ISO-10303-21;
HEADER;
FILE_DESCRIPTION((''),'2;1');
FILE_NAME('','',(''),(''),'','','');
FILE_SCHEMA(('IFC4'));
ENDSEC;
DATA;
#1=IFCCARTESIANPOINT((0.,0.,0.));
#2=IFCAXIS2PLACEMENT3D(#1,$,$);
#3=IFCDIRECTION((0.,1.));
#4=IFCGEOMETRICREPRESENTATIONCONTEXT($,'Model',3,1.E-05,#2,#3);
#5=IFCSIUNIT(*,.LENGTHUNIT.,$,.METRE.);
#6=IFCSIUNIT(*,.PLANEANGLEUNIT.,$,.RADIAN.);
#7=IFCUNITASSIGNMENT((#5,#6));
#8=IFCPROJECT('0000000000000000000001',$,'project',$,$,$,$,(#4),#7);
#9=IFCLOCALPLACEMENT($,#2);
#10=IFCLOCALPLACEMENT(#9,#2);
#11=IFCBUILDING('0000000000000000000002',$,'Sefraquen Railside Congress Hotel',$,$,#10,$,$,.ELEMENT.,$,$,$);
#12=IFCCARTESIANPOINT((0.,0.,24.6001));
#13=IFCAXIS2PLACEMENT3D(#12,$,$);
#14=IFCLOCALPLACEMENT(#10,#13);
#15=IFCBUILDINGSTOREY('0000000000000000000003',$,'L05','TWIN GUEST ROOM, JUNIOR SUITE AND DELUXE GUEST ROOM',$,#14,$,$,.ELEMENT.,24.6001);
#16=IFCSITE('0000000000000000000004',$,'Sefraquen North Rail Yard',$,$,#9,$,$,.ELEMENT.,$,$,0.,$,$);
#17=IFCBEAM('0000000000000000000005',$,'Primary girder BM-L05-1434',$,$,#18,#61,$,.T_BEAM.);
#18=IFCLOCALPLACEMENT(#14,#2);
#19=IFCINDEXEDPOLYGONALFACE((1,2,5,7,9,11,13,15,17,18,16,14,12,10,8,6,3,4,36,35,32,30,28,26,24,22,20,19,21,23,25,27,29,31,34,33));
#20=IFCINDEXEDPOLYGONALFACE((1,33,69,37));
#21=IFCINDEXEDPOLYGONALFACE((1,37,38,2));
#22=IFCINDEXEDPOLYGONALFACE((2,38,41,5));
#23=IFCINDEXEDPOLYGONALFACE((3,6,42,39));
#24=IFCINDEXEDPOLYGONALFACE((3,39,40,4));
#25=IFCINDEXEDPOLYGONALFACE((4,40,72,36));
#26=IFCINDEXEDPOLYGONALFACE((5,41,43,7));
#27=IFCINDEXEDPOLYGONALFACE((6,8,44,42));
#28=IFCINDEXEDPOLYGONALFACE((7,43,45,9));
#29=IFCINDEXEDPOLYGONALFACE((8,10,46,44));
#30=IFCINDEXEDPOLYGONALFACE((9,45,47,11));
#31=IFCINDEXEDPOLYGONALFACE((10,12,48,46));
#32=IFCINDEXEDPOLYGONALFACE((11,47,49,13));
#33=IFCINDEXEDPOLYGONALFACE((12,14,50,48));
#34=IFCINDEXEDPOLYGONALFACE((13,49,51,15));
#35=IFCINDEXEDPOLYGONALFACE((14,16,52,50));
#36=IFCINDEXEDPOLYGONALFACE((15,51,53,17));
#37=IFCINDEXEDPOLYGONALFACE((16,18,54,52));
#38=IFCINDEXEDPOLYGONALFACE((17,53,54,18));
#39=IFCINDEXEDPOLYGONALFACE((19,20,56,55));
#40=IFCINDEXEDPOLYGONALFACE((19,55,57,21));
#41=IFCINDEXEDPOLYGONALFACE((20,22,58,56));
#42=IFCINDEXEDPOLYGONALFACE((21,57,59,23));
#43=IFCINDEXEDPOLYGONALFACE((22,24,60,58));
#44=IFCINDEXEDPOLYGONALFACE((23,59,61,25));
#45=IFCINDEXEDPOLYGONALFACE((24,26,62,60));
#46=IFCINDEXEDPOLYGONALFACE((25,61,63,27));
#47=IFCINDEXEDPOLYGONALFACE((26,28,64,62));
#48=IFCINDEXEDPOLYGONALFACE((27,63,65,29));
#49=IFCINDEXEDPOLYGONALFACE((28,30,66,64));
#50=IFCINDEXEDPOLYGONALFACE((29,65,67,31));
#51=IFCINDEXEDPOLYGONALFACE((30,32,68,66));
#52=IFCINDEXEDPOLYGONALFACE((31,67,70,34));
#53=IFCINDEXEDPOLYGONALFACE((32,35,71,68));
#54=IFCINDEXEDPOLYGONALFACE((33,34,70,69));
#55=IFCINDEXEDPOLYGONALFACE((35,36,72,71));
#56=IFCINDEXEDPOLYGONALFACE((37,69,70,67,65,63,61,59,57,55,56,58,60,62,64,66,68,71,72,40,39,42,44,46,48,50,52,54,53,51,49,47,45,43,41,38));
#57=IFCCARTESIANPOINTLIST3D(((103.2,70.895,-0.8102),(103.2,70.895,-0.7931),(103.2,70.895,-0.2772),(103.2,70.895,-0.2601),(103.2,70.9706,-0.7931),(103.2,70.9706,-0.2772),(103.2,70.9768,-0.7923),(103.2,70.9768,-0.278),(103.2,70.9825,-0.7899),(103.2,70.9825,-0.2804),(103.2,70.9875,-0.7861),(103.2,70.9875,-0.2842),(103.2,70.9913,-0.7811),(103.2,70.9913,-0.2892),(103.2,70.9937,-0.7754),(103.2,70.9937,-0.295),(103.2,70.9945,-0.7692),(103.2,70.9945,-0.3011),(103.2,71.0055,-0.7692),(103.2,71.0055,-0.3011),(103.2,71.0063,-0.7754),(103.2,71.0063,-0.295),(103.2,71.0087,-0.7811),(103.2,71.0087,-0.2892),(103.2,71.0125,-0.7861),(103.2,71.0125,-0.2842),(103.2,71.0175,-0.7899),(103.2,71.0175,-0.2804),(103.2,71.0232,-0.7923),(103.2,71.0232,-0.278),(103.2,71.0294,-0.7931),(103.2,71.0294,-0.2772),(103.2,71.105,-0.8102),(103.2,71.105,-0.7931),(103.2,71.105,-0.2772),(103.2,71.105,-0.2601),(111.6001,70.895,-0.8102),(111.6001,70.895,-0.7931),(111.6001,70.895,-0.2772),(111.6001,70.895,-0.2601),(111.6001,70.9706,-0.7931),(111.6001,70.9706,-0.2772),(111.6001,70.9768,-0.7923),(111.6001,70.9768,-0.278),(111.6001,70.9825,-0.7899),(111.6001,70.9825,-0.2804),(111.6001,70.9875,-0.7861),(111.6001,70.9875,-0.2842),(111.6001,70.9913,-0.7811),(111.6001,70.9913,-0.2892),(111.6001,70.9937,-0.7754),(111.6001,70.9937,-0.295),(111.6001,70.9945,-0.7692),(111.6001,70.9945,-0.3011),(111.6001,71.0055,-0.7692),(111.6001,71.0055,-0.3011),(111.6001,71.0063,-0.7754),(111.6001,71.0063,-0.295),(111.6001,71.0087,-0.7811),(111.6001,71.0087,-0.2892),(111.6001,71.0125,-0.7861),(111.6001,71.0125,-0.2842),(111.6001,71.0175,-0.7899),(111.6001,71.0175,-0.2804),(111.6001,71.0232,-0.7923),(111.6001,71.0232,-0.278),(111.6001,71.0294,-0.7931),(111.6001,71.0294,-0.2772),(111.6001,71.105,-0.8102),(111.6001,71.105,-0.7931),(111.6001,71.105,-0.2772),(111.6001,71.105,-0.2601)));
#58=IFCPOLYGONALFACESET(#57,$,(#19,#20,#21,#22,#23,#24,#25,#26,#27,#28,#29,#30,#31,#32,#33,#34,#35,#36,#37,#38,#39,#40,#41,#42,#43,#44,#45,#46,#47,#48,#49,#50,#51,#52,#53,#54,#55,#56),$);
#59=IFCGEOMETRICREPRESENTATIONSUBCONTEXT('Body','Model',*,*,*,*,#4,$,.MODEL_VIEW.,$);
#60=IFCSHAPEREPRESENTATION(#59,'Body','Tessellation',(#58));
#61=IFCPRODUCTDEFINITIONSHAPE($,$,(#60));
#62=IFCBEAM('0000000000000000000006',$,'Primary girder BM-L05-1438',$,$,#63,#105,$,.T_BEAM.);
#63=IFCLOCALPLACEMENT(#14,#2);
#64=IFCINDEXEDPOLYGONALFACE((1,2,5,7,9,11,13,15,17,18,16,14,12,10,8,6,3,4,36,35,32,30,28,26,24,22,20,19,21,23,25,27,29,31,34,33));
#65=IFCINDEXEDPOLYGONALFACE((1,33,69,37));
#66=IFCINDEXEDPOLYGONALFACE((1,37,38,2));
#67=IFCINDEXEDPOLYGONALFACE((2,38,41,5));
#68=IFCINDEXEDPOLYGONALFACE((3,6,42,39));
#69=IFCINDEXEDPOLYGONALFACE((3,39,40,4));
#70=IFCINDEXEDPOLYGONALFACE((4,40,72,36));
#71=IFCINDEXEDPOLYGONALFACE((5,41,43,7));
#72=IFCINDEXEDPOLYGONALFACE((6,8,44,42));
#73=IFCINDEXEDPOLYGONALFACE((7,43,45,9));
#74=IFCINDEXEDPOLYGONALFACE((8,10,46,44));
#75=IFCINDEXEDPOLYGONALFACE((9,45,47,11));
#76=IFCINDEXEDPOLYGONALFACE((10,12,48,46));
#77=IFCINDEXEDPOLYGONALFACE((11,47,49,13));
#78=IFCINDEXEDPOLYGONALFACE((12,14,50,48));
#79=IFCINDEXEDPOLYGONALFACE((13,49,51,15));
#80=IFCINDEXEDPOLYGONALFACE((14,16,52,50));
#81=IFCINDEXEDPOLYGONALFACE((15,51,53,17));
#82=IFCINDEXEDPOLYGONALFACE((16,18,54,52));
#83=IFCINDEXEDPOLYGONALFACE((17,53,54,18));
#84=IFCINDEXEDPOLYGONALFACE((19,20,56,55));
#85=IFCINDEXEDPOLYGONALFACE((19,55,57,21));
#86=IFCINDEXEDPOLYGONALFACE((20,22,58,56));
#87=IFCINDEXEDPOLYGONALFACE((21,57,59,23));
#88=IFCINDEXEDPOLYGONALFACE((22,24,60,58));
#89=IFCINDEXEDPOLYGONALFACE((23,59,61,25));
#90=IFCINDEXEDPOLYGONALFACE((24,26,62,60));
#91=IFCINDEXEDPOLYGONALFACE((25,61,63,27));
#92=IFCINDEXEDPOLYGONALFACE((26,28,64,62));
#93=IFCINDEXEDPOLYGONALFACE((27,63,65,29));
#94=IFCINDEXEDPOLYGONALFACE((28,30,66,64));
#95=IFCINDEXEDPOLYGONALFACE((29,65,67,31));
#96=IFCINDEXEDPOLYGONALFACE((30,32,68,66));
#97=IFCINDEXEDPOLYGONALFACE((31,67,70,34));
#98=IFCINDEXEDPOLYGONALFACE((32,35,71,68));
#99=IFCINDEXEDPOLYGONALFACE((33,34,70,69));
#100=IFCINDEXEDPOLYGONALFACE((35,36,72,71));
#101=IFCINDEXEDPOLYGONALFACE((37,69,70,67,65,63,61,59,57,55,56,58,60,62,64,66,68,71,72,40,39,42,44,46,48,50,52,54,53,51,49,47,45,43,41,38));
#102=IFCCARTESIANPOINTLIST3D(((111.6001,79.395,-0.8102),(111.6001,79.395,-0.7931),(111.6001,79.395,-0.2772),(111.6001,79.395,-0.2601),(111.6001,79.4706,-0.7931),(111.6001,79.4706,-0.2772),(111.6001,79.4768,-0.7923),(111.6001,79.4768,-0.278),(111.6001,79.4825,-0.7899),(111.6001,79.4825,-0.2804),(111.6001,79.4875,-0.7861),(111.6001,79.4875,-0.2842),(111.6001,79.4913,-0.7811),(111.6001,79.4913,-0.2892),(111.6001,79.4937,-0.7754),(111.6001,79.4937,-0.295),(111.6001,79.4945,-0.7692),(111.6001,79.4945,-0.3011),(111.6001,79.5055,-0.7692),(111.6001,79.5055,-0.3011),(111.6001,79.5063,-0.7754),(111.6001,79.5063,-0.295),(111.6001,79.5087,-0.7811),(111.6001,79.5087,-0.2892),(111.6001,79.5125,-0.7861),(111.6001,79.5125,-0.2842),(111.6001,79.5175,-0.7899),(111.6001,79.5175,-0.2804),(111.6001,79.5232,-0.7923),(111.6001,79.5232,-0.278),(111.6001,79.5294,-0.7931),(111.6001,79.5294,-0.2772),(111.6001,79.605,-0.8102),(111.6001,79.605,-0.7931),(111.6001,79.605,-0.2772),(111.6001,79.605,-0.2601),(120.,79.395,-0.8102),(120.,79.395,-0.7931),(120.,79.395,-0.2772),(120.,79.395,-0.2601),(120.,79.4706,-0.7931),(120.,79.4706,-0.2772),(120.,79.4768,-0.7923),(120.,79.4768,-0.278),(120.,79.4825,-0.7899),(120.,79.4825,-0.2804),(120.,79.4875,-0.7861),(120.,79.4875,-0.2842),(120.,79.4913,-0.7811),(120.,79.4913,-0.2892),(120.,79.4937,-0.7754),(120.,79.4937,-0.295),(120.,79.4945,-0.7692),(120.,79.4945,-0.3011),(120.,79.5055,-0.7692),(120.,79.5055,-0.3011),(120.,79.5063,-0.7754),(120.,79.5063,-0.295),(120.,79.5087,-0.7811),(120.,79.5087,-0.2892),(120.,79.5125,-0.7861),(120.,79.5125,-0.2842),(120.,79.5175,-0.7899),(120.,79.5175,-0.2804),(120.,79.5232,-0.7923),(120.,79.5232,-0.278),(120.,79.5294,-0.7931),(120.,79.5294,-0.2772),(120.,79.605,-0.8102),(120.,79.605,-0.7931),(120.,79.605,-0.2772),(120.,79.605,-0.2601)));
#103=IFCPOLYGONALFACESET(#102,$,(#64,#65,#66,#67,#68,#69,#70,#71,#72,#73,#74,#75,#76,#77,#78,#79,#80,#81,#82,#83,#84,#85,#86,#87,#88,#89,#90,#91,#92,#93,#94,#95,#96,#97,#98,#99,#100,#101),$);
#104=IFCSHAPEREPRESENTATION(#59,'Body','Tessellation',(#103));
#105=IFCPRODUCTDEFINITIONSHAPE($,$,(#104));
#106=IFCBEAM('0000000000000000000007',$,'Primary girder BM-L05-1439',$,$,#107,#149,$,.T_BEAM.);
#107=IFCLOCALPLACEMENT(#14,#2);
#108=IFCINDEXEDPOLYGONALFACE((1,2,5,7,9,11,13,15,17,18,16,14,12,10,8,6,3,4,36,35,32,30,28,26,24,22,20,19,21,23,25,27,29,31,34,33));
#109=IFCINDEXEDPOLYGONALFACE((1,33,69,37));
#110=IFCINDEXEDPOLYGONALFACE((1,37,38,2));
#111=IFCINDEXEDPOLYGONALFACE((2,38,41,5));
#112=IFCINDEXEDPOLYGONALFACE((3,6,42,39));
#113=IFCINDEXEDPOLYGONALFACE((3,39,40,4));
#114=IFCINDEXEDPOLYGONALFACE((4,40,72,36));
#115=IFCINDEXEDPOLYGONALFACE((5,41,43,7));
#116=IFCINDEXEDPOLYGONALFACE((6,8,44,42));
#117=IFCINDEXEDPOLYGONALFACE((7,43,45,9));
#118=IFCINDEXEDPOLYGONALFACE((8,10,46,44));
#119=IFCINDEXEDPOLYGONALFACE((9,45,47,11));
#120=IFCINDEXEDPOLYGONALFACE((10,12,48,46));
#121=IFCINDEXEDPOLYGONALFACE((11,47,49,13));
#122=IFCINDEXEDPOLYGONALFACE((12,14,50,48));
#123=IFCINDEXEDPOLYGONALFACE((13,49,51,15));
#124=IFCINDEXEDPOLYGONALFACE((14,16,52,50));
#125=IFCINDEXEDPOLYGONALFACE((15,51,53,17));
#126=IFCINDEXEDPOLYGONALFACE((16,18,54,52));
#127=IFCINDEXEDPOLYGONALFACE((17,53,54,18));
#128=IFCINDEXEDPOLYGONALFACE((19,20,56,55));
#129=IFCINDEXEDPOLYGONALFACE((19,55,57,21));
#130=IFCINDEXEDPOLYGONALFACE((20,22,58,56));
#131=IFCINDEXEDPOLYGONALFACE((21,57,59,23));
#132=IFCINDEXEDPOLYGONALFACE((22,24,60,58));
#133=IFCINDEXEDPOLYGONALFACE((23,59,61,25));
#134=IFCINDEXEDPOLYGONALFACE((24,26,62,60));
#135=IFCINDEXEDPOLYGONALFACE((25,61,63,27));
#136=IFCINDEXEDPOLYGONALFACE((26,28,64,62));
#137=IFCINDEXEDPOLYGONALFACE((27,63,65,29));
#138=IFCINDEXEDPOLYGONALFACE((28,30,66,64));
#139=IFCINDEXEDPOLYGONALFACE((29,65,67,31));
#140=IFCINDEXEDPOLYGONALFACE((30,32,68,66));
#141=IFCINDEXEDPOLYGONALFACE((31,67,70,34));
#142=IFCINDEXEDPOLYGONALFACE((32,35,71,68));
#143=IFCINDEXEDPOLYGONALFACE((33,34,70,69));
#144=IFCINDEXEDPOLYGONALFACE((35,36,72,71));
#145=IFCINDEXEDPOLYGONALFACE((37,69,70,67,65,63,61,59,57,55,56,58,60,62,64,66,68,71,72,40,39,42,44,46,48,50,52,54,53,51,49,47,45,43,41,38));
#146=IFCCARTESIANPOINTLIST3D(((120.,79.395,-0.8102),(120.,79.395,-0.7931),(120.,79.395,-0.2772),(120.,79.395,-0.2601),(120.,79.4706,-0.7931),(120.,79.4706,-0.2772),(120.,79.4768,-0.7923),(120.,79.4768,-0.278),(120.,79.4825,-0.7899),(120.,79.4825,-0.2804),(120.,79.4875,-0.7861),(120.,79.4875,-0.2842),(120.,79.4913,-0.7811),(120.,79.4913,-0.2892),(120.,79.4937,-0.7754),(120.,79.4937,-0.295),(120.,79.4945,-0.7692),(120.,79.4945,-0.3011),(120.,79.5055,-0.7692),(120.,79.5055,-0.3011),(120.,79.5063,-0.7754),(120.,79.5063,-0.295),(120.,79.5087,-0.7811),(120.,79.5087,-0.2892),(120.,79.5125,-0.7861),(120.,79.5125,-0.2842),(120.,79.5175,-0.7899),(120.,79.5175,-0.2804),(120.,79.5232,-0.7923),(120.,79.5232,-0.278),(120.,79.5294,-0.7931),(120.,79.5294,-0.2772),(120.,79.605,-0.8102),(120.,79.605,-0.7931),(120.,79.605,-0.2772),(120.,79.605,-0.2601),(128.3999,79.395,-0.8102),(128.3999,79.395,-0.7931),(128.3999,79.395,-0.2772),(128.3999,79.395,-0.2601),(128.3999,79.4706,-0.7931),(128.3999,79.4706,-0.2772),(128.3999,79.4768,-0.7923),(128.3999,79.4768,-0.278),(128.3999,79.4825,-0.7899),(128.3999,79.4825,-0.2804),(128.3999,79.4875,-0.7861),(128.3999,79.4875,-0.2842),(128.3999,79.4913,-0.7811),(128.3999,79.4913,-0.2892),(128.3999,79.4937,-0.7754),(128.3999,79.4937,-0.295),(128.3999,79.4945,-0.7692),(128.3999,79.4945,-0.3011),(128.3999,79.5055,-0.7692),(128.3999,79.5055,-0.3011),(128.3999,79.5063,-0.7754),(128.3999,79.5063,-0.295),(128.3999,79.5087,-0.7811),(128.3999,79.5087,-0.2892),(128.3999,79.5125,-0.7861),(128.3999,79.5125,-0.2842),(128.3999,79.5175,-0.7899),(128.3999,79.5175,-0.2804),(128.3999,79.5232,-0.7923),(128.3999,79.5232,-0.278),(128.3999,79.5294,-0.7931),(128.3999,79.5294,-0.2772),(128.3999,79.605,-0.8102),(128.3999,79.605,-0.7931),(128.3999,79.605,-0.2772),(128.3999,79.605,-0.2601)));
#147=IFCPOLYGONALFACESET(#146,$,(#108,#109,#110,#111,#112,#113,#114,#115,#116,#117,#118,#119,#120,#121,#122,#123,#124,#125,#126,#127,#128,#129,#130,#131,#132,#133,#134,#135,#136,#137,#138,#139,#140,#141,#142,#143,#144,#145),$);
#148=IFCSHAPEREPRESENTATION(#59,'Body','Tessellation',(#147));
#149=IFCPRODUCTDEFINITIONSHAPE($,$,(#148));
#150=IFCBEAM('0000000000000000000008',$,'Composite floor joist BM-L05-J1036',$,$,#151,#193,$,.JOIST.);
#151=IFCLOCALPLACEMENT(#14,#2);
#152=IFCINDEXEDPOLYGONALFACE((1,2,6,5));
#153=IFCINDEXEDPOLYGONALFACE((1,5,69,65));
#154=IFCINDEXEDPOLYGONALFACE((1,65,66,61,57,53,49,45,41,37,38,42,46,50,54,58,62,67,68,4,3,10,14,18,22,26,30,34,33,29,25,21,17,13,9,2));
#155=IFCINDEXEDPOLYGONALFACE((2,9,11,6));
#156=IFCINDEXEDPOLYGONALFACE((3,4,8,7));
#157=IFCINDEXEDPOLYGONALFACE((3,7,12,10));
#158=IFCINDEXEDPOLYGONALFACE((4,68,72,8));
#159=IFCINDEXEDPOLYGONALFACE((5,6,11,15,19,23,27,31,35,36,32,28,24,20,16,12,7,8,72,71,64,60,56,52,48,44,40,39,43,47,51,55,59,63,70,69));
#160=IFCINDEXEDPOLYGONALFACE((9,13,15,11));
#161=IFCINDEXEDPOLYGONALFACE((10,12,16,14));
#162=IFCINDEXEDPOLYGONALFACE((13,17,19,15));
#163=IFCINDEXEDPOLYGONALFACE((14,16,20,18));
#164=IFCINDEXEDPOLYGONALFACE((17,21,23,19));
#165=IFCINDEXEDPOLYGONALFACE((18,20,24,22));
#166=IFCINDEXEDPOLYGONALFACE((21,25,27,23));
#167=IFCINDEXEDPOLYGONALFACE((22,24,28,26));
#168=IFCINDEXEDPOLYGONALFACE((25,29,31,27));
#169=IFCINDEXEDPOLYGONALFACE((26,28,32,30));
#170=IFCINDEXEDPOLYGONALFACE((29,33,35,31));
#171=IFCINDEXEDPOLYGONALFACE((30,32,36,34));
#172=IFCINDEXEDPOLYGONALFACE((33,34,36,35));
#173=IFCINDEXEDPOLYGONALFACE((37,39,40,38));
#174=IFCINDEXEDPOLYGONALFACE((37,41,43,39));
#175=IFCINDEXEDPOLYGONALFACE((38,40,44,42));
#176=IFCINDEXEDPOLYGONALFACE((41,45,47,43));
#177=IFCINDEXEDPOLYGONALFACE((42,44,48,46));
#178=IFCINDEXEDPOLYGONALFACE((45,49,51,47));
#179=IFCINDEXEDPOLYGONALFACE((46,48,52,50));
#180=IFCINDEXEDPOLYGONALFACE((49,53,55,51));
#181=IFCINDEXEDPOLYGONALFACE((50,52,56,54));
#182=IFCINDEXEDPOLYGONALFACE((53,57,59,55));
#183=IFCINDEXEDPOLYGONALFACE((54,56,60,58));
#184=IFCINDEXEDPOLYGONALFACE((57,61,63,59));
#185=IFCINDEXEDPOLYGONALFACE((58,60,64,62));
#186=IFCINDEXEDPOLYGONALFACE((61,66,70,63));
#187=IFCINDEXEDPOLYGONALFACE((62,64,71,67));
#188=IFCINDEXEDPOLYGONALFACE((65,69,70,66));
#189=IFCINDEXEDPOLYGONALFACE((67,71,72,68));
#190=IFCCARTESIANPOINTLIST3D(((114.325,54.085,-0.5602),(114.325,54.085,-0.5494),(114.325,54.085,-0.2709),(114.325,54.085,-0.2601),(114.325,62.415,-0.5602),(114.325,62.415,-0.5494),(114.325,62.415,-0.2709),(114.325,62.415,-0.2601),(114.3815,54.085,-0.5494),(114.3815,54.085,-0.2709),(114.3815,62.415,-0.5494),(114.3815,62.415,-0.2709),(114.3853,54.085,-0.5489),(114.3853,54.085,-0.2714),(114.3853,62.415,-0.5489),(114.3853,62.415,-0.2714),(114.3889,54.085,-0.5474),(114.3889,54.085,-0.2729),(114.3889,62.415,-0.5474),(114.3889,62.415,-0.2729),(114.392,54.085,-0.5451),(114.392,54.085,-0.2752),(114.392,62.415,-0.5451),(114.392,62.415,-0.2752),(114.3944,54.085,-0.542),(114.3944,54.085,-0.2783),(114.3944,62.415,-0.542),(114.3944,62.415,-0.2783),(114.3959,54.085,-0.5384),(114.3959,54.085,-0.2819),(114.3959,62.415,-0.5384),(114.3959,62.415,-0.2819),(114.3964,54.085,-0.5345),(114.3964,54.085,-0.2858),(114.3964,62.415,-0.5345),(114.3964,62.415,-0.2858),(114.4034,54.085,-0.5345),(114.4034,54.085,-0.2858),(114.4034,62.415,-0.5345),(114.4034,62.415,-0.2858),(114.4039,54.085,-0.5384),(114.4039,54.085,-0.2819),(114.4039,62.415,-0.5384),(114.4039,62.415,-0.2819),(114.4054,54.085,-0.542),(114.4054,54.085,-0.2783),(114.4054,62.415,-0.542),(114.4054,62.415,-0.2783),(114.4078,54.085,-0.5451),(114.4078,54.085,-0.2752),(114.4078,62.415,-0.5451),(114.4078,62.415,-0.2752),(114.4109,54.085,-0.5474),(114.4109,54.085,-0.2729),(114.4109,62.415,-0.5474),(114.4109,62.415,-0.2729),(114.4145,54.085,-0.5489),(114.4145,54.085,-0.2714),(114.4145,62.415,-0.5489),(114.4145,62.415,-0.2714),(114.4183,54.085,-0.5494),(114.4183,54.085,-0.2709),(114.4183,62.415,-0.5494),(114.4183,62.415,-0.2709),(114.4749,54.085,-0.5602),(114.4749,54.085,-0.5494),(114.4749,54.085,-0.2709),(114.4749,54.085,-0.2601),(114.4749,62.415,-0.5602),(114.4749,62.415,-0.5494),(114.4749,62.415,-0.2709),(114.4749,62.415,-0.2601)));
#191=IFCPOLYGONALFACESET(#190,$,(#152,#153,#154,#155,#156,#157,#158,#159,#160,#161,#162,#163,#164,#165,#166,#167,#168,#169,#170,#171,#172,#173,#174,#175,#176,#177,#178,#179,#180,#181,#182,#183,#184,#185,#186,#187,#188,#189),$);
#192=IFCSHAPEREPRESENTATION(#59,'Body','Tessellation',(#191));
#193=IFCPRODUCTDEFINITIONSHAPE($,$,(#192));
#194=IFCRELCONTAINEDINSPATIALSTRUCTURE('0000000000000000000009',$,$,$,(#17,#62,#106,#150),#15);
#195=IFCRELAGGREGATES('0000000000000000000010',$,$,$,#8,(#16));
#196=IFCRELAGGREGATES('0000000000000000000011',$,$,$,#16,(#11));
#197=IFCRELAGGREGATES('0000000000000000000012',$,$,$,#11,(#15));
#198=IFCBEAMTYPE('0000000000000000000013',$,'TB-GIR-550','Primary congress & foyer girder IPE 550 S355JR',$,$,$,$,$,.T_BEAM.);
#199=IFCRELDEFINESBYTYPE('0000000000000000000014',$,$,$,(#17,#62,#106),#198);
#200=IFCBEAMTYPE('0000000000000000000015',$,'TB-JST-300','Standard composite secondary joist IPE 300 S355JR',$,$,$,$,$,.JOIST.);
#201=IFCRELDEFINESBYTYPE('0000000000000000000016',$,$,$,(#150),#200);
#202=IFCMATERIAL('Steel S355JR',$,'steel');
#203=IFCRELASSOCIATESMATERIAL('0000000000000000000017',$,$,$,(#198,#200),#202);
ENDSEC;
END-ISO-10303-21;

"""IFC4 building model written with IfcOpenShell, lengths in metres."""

from ifc_helpers import new_model, si_unit, direction, frame, origin, origin_2d, place, context, subcontext, project, spatial, i_section, extrude, material, material_profile, profile_set, type_object, element, save


model = new_model("IFC4")

# Units and contexts
model_context = context("Model", 3, precision=1e-05, world=origin(), true_north=direction((0.0, 1.0)))
body_context = subcontext(model_context, "Body", "Model", "MODEL_VIEW")
ifc_project = project(units=[si_unit("LENGTHUNIT", "METRE"), si_unit("PLANEANGLEUNIT", "RADIAN")], contexts=[model_context])

# Site, building, storey
site_placement = place(None, origin())
site = spatial("IfcSite", under=ifc_project, at=site_placement, Name="Sefraquen North Rail Yard", CompositionType="ELEMENT", RefElevation=0.0)
building_placement = place(site_placement, origin())
building = spatial("IfcBuilding", under=site, at=building_placement, Name="Sefraquen Railside Congress Hotel", CompositionType="ELEMENT")
storey_placement = place(building_placement, frame((0.0, 0.0, 24.6001)))
storey = spatial("IfcBuildingStorey", under=building, at=storey_placement, Name="L05", Description="TWIN GUEST ROOM, JUNIOR SUITE AND DELUXE GUEST ROOM", CompositionType="ELEMENT", Elevation=24.6001)

# Beams
ifc_material_1 = material(Name="Steel S355JR", Category="steel")
ifc_material_profile_1 = material_profile(ifc_material_1, i_section(OverallWidth=0.21, OverallDepth=0.55, WebThickness=0.011, FlangeThickness=0.0171, FilletRadius=0.0239, at=origin_2d()), Name="IPE 550")
ifc_profile_set_1 = profile_set([ifc_material_profile_1], Name="Steel S355JR")
beam_type_1 = type_object("IfcBeamType", Name="TB-GIR-550", Description="Primary congress & foyer girder IPE 550 S355JR", PredefinedType="T_BEAM", material=ifc_profile_set_1)
beam_placement = place(storey_placement, frame((103.2, 71.0, -0.5352), z_axis=(1.0, 0.0, 0.0), x_axis=(0.0, 1.0, 0.0)))
element("IfcBeam", 1, at=beam_placement, inside=storey, type_object=beam_type_1, Name="Primary girder BM-L05-1434", PredefinedType="T_BEAM", context=body_context, shape_type="SweptSolid", body=[
    extrude(i_section(OverallWidth=0.21, OverallDepth=0.55, WebThickness=0.011, FlangeThickness=0.0171, FilletRadius=0.0239, at=origin_2d()), origin(), (0.0, 0.0, 1.0), 8.4001),
])
for number, where, z_axis, x_axis, name in (
    (2, (111.6001, 79.5, -0.5352), (1.0, 0.0, 0.0), (0.0, 1.0, 0.0), "Primary girder BM-L05-1438"),
    (3, (120.0, 79.5, -0.5352), (1.0, 0.0, 0.0), (0.0, 1.0, 0.0), "Primary girder BM-L05-1439"),
):
    element("IfcBeam", number, at=place(storey_placement, frame(where, z_axis=z_axis, x_axis=x_axis)), inside=storey, type_object=beam_type_1, Name=name, PredefinedType="T_BEAM", context=body_context, shape_type="SweptSolid", body=[
        extrude(i_section(OverallWidth=0.21, OverallDepth=0.55, WebThickness=0.011, FlangeThickness=0.0171, FilletRadius=0.0239, at=origin_2d()), origin(), (0.0, 0.0, 1.0), 8.3999),
    ])
ifc_material_profile_2 = material_profile(ifc_material_1, i_section(OverallWidth=0.1499, OverallDepth=0.3, WebThickness=0.0071, FlangeThickness=0.0107, FilletRadius=0.0149, at=origin_2d()), Name="IPE 300")
ifc_profile_set_2 = profile_set([ifc_material_profile_2], Name="Steel S355JR")
beam_type_2 = type_object("IfcBeamType", Name="TB-JST-300", Description="Standard composite secondary joist IPE 300 S355JR", PredefinedType="JOIST", material=ifc_profile_set_2)
for number, where, z_axis, x_axis, name in (
    (4, (114.3999, 54.085, -0.4102), (0.0, 1.0, 0.0), (-1.0, 0.0, 0.0), "Composite floor joist BM-L05-J1036"),
):
    element("IfcBeam", number, at=place(storey_placement, frame(where, z_axis=z_axis, x_axis=x_axis)), inside=storey, type_object=beam_type_2, Name=name, PredefinedType="JOIST", context=body_context, shape_type="SweptSolid", body=[
        extrude(i_section(OverallWidth=0.1499, OverallDepth=0.3, WebThickness=0.0071, FlangeThickness=0.0107, FilletRadius=0.0149, at=origin_2d()), origin(), (0.0, 0.0, 1.0), 8.3301),
    ])

save(model, "model.ifc")
